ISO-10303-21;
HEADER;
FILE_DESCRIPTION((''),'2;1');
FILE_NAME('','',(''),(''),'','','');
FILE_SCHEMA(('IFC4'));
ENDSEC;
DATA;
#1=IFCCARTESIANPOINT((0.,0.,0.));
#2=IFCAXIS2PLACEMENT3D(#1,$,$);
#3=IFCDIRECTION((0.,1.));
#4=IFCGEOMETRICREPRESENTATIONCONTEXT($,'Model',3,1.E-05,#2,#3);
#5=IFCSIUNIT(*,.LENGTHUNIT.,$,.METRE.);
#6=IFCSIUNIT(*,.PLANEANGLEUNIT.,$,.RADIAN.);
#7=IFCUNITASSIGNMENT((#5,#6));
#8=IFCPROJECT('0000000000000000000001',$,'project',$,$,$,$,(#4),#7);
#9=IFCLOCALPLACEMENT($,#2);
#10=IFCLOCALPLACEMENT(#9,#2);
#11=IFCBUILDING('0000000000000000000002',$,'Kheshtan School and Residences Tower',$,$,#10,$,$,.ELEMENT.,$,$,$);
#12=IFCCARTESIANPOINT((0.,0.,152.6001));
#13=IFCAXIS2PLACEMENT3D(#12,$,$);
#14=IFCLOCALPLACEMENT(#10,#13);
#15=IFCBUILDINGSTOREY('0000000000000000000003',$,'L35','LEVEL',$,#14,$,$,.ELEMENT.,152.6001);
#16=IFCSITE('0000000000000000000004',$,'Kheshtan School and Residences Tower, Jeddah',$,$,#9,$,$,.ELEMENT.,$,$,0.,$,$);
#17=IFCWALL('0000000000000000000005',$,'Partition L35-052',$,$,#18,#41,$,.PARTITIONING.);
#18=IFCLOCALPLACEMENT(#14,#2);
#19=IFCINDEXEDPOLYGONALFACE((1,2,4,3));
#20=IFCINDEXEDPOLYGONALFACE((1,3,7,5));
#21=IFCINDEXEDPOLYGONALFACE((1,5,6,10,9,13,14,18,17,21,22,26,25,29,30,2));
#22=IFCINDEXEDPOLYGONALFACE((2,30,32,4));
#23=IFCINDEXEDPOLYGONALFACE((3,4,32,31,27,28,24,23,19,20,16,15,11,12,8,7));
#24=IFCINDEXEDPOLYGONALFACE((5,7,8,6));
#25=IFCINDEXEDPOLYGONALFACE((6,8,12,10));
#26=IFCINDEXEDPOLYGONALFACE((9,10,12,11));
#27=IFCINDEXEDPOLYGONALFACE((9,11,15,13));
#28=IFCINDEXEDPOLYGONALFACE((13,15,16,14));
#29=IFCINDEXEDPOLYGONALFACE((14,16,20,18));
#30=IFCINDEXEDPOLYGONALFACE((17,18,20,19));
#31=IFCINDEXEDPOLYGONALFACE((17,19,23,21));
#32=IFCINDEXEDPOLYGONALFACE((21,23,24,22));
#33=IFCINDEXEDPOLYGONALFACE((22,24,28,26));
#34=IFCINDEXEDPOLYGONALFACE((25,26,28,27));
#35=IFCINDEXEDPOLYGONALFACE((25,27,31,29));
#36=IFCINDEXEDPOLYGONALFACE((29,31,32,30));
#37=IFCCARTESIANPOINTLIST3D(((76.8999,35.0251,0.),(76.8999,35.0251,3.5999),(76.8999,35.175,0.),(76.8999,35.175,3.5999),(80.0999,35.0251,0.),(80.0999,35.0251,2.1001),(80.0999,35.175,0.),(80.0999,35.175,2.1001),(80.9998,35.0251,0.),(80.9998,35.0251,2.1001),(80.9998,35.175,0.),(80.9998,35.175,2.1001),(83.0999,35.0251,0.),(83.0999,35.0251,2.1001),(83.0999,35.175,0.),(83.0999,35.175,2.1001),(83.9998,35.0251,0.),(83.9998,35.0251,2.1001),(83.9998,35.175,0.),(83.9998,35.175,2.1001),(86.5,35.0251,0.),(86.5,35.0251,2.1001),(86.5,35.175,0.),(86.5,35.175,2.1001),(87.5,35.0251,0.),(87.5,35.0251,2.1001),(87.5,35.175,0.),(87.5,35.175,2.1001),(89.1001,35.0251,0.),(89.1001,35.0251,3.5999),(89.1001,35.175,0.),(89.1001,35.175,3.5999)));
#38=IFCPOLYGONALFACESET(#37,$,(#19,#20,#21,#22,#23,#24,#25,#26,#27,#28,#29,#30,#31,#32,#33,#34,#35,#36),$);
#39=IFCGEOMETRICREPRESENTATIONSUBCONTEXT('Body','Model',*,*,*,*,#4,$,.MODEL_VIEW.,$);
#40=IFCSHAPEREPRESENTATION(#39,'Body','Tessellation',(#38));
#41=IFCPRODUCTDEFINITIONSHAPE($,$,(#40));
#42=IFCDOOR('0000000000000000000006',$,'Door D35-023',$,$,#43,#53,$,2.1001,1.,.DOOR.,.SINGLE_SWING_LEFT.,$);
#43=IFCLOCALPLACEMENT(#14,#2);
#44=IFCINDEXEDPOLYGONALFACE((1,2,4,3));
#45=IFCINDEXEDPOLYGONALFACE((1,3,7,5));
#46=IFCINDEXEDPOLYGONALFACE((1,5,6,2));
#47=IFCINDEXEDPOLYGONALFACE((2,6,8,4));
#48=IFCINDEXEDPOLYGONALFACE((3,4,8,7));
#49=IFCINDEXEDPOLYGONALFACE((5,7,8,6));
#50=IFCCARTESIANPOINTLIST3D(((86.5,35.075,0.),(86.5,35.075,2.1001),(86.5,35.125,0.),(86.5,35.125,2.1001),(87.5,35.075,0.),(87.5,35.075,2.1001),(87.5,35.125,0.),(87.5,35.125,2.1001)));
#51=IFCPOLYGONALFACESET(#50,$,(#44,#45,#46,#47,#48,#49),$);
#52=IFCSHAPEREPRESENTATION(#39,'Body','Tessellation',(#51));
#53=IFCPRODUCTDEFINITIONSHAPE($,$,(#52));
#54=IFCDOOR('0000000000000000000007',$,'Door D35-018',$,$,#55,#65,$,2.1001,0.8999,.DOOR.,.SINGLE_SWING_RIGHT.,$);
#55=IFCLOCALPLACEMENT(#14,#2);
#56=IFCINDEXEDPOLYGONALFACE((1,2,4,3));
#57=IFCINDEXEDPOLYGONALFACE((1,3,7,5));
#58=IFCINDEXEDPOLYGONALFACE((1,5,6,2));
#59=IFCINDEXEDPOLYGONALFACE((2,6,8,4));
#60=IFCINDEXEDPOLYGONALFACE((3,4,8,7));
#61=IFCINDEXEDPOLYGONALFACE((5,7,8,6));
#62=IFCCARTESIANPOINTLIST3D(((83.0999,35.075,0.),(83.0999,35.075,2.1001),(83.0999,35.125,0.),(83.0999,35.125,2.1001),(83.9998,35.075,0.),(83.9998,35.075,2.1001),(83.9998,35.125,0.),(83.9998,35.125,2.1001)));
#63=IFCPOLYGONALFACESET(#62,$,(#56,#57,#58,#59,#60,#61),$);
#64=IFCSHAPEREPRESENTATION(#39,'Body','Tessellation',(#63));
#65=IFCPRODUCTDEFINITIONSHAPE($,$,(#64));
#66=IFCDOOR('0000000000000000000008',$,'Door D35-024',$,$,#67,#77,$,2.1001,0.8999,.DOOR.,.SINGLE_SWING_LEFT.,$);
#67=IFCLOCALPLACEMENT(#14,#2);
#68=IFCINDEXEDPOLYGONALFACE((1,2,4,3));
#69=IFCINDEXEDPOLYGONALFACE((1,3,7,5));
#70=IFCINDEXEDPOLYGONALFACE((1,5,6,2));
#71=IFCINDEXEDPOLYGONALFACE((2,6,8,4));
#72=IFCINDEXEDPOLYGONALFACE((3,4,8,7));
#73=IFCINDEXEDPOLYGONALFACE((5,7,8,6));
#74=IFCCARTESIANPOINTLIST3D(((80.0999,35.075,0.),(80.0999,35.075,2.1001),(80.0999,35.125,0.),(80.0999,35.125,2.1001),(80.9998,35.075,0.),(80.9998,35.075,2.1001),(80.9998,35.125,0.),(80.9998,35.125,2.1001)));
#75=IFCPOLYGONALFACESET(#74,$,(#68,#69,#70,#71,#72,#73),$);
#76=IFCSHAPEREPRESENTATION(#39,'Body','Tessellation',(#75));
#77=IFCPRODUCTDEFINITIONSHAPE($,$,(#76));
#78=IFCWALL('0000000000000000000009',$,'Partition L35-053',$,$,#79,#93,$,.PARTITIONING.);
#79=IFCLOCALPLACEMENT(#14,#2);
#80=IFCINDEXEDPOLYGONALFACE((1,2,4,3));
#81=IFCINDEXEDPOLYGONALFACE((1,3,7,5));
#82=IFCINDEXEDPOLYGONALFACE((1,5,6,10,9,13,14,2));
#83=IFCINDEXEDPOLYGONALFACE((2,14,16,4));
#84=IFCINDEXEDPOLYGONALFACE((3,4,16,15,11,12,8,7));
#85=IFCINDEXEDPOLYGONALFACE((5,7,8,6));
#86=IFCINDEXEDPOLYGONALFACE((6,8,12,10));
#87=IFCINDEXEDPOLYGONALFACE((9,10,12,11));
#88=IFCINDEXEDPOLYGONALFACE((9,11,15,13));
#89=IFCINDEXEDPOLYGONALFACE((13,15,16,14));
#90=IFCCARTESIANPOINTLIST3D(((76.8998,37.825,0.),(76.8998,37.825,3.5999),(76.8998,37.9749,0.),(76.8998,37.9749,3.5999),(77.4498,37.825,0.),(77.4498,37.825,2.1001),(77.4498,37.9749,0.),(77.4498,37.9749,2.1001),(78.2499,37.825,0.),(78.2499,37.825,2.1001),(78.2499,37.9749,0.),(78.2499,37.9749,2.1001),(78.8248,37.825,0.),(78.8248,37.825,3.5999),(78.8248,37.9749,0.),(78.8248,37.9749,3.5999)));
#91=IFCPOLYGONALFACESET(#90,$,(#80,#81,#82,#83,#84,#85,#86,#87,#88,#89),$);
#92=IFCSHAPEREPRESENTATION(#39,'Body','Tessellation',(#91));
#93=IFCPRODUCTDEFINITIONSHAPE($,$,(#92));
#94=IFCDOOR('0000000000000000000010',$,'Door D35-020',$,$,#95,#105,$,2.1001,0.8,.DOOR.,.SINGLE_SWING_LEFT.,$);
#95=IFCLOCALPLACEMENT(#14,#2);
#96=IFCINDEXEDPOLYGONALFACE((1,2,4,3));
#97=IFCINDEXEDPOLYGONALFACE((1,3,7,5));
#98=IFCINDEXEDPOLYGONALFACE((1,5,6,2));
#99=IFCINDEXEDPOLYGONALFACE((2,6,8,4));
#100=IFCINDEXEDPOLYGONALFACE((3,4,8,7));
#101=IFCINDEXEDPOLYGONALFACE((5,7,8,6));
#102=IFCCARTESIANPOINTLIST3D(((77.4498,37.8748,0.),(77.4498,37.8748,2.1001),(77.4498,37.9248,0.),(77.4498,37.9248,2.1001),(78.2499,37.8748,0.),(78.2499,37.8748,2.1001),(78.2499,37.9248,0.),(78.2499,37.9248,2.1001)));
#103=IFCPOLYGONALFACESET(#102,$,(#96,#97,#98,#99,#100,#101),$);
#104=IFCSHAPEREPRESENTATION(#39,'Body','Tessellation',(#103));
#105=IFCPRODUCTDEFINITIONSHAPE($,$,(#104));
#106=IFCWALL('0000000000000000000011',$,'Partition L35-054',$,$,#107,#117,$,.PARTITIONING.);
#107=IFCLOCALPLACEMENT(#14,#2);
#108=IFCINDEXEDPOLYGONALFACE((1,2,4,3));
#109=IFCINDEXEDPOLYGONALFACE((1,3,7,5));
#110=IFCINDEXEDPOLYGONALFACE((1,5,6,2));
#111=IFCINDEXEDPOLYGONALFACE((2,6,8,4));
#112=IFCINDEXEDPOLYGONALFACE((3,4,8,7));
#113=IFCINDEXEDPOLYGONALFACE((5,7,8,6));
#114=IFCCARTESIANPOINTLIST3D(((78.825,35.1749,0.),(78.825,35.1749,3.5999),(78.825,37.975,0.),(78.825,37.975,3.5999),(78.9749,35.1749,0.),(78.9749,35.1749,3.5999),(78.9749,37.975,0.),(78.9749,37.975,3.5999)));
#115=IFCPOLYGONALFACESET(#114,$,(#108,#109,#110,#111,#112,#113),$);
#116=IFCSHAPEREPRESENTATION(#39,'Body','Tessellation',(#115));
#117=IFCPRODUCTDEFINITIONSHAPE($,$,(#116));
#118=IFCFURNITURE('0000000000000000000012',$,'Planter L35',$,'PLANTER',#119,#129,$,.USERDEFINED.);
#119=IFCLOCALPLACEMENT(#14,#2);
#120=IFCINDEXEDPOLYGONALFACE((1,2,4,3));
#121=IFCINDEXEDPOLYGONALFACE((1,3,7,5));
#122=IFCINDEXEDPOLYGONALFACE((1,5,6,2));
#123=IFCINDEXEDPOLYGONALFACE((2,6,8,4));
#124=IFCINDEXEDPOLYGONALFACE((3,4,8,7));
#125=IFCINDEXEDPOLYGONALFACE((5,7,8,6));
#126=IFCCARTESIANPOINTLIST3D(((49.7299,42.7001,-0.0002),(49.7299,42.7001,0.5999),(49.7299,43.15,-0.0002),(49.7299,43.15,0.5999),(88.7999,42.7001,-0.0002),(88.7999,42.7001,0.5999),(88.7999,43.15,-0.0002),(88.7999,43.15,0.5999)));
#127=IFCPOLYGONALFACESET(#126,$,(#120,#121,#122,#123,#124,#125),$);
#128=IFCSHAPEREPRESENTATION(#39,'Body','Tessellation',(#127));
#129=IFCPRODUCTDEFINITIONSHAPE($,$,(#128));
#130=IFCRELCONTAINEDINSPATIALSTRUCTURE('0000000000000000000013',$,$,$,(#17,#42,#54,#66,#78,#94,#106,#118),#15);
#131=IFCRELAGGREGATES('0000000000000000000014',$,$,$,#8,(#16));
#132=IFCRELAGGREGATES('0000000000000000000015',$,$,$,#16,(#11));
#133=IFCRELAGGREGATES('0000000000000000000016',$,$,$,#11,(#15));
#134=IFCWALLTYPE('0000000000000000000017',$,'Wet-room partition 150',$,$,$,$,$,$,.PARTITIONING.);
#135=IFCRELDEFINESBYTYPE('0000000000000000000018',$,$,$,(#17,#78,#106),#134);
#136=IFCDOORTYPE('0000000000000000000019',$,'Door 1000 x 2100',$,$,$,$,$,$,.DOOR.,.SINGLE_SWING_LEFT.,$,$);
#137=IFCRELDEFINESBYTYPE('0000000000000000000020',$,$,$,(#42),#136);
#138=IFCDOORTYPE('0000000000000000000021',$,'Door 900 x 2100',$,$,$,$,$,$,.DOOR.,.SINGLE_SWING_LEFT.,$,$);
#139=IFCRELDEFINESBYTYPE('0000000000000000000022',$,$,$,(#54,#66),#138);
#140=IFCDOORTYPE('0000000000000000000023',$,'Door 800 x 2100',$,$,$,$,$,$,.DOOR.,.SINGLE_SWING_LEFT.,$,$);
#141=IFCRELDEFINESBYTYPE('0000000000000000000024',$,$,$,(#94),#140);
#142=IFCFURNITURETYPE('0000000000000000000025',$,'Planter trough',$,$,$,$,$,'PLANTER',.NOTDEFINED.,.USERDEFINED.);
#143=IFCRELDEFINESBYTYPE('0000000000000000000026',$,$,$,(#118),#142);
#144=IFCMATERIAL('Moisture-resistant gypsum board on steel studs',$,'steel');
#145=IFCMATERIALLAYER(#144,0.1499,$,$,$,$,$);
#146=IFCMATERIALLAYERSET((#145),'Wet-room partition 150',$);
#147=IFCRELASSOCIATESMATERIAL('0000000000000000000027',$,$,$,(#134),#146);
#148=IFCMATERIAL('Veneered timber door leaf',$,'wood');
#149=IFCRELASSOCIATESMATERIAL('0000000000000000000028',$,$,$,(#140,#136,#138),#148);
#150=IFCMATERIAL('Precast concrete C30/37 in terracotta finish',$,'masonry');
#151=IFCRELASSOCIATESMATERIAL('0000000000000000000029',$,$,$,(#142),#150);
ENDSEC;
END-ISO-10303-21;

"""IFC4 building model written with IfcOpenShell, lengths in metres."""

from ifc_helpers import new_model, si_unit, direction, frame, frame_2d, origin, origin_2d, place, context, subcontext, project, spatial, rectangle, extrude, source, transform, mapped, material, layer, layer_set, type_object, element, fill, save


model = new_model("IFC4")

# Units and contexts
model_context = context("Model", 3, precision=1e-05, world=origin(), true_north=direction((0.0, 1.0)))
body_context = subcontext(model_context, "Body", "Model", "MODEL_VIEW")
ifc_project = project(units=[si_unit("LENGTHUNIT", "METRE"), si_unit("PLANEANGLEUNIT", "RADIAN")], contexts=[model_context])

# Site, building, storey
site_placement = place(None, origin())
site = spatial("IfcSite", under=ifc_project, at=site_placement, Name="Kheshtan School and Residences Tower, Jeddah", CompositionType="ELEMENT", RefElevation=0.0)
building_placement = place(site_placement, origin())
building = spatial("IfcBuilding", under=site, at=building_placement, Name="Kheshtan School and Residences Tower", CompositionType="ELEMENT")
storey_placement = place(building_placement, frame((0.0, 0.0, 152.6001)))
storey = spatial("IfcBuildingStorey", under=building, at=storey_placement, Name="L35", Description="LEVEL", CompositionType="ELEMENT", Elevation=152.6001)

# Shared definitions
ifc_material_1 = material(Name="Moisture-resistant gypsum board on steel studs", Category="steel")
ifc_layer_1 = layer(ifc_material_1, 0.1499)
ifc_layer_set_1 = layer_set([ifc_layer_1], Name="Wet-room partition 150")
wall_type_1 = type_object("IfcWallType", Name="Wet-room partition 150", PredefinedType="PARTITIONING", material=ifc_layer_set_1)

# Shared definitions
ifc_material_2 = material(Name="Veneered timber door leaf", Category="wood")
door_type_1 = type_object("IfcDoorType", Name="Door 800 x 2100", OperationType="SINGLE_SWING_LEFT", PredefinedType="DOOR", material=ifc_material_2)
shared_shape_1 = source(origin(), body_context, "Body", "SweptSolid", [
    extrude(rectangle(XDim=0.8, YDim=2.1001, at=frame_2d((0.3999, 1.05))), frame((0.0, 0.0249, 0.0), z_axis=(0.0, -1.0, 0.0), x_axis=(1.0, 0.0, 0.0)), (0.0, 0.0, 1.0), 0.05),
])

# Wall, openings, doors
wall_1_placement = place(storey_placement, frame((76.8999, 35.1001, 0.0), z_axis=(0.0, 0.0, 1.0), x_axis=(1.0, 0.0, 0.0)))
wall_1 = element("IfcWall", 1, at=wall_1_placement, inside=storey, type_object=wall_type_1, Name="Partition L35-052", PredefinedType="PARTITIONING", context=body_context, shape_type="SweptSolid", body=[
    extrude(rectangle(XDim=12.2002, YDim=0.1499, at=frame_2d((6.1001, 0.0))), origin(), (0.0, 0.0, 1.0), 3.5999),
])
opening_1_placement = place(wall_1_placement, frame((6.2, 0.0, 0.0)))
opening_1 = element("IfcOpeningElement", 2, at=opening_1_placement, cuts=wall_1, PredefinedType="OPENING", context=body_context, shape_type="SweptSolid", body=[
    extrude(rectangle(XDim=0.8999, YDim=2.1001, at=frame_2d((0.45, 1.05))), frame((0.0, 0.085, 0.0), z_axis=(0.0, -1.0, 0.0), x_axis=(1.0, 0.0, 0.0)), (0.0, 0.0, 1.0), 0.1699),
])
opening_2_placement = place(wall_1_placement, frame((9.6001, 0.0, 0.0)))
opening_2 = element("IfcOpeningElement", 3, at=opening_2_placement, cuts=wall_1, PredefinedType="OPENING", context=body_context, shape_type="SweptSolid", body=[
    extrude(rectangle(XDim=1.0, YDim=2.1001, at=frame_2d((0.5, 1.05))), frame((0.0, 0.085, 0.0), z_axis=(0.0, -1.0, 0.0), x_axis=(1.0, 0.0, 0.0)), (0.0, 0.0, 1.0), 0.1699),
])
opening_3_placement = place(wall_1_placement, frame((3.2, 0.0, 0.0)))
opening_3 = element("IfcOpeningElement", 4, at=opening_3_placement, cuts=wall_1, PredefinedType="OPENING", context=body_context, shape_type="SweptSolid", body=[
    extrude(rectangle(XDim=0.8999, YDim=2.1001, at=frame_2d((0.45, 1.05))), frame((0.0, 0.085, 0.0), z_axis=(0.0, -1.0, 0.0), x_axis=(1.0, 0.0, 0.0)), (0.0, 0.0, 1.0), 0.1699),
])
door_type_2 = type_object("IfcDoorType", Name="Door 1000 x 2100", OperationType="SINGLE_SWING_LEFT", PredefinedType="DOOR", material=ifc_material_2)
shared_shape_2 = source(origin(), body_context, "Body", "SweptSolid", [
    extrude(rectangle(XDim=1.0, YDim=2.1001, at=frame_2d((0.5, 1.05))), frame((0.0, 0.0249, 0.0), z_axis=(0.0, -1.0, 0.0), x_axis=(1.0, 0.0, 0.0)), (0.0, 0.0, 1.0), 0.05),
])
door_1_placement = place(opening_2_placement, origin())
door_1 = element("IfcDoor", 5, at=door_1_placement, inside=storey, type_object=door_type_2, Name="Door D35-023", OperationType="SINGLE_SWING_LEFT", OverallHeight=2.1001, OverallWidth=1.0, PredefinedType="DOOR", context=body_context, shape_type="MappedRepresentation", body=[
    mapped(shared_shape_2, transform((0.0, 0.0, 0.0), x_axis=(1.0, 0.0, 0.0), y_axis=(0.0, 1.0, 0.0), z_axis=(0.0, 0.0, 1.0), scale=1.0)),
])
fill(opening_2, door_1)
door_type_3 = type_object("IfcDoorType", Name="Door 900 x 2100", OperationType="SINGLE_SWING_LEFT", PredefinedType="DOOR", material=ifc_material_2)
shared_shape_3 = source(origin(), body_context, "Body", "SweptSolid", [
    extrude(rectangle(XDim=0.8999, YDim=2.1001, at=frame_2d((0.45, 1.05))), frame((0.0, 0.0249, 0.0), z_axis=(0.0, -1.0, 0.0), x_axis=(1.0, 0.0, 0.0)), (0.0, 0.0, 1.0), 0.05),
])
door_2_placement = place(opening_1_placement, origin())
door_2 = element("IfcDoor", 6, at=door_2_placement, inside=storey, type_object=door_type_3, Name="Door D35-018", OperationType="SINGLE_SWING_RIGHT", OverallHeight=2.1001, OverallWidth=0.8999, PredefinedType="DOOR", context=body_context, shape_type="MappedRepresentation", body=[
    mapped(shared_shape_3, transform((0.0, 0.0, 0.0), x_axis=(1.0, 0.0, 0.0), y_axis=(0.0, 1.0, 0.0), z_axis=(0.0, 0.0, 1.0), scale=1.0)),
])
fill(opening_1, door_2)
door_3_placement = place(opening_3_placement, origin())
door_3 = element("IfcDoor", 7, at=door_3_placement, inside=storey, type_object=door_type_3, Name="Door D35-024", OperationType="SINGLE_SWING_LEFT", OverallHeight=2.1001, OverallWidth=0.8999, PredefinedType="DOOR", context=body_context, shape_type="MappedRepresentation", body=[
    mapped(shared_shape_3, transform((0.0, 0.0, 0.0), x_axis=(1.0, 0.0, 0.0), y_axis=(0.0, 1.0, 0.0), z_axis=(0.0, 0.0, 1.0), scale=1.0)),
])
fill(opening_3, door_3)

# Wall, opening, door
wall_2_placement = place(storey_placement, frame((76.8999, 37.8999, 0.0), z_axis=(0.0, 0.0, 1.0), x_axis=(1.0, 0.0, 0.0)))
wall_2 = element("IfcWall", 8, at=wall_2_placement, inside=storey, type_object=wall_type_1, Name="Partition L35-053", PredefinedType="PARTITIONING", context=body_context, shape_type="SweptSolid", body=[
    extrude(rectangle(XDim=1.925, YDim=0.1499, at=frame_2d((0.9624, 0.0))), origin(), (0.0, 0.0, 1.0), 3.5999),
])
opening_4_placement = place(wall_2_placement, frame((0.55, 0.0, 0.0)))
opening_4 = element("IfcOpeningElement", 9, at=opening_4_placement, cuts=wall_2, PredefinedType="OPENING", context=body_context, shape_type="SweptSolid", body=[
    extrude(rectangle(XDim=0.8, YDim=2.1001, at=frame_2d((0.3999, 1.05))), frame((0.0, 0.085, 0.0), z_axis=(0.0, -1.0, 0.0), x_axis=(1.0, 0.0, 0.0)), (0.0, 0.0, 1.0), 0.1699),
])
door_4_placement = place(opening_4_placement, origin())
door_4 = element("IfcDoor", 10, at=door_4_placement, inside=storey, type_object=door_type_1, Name="Door D35-020", OperationType="SINGLE_SWING_LEFT", OverallHeight=2.1001, OverallWidth=0.8, PredefinedType="DOOR", context=body_context, shape_type="MappedRepresentation", body=[
    mapped(shared_shape_1, transform((0.0, 0.0, 0.0), x_axis=(1.0, 0.0, 0.0), y_axis=(0.0, 1.0, 0.0), z_axis=(0.0, 0.0, 1.0), scale=1.0)),
])
fill(opening_4, door_4)

# Wall
wall_3_placement = place(storey_placement, frame((78.8999, 35.175, 0.0), z_axis=(0.0, 0.0, 1.0), x_axis=(0.0, 1.0, 0.0)))
element("IfcWall", 11, at=wall_3_placement, inside=storey, type_object=wall_type_1, Name="Partition L35-054", PredefinedType="PARTITIONING", context=body_context, shape_type="SweptSolid", body=[
    extrude(rectangle(XDim=2.8, YDim=0.1499, at=frame_2d((1.3999, 0.0))), origin(), (0.0, 0.0, 1.0), 3.5999),
])

# Furniture
ifc_material_3 = material(Name="Precast concrete C30/37 in terracotta finish", Category="masonry")
furniture_type = type_object("IfcFurnitureType", Name="Planter trough", ElementType="PLANTER", AssemblyPlace="NOTDEFINED", PredefinedType="USERDEFINED", material=ifc_material_3)
furniture_placement = place(storey_placement, frame((69.2649, 42.925, -0.0002), z_axis=(0.0, 0.0, 1.0), x_axis=(1.0, 0.0, 0.0)))
element("IfcFurniture", 12, at=furniture_placement, inside=storey, type_object=furniture_type, Name="Planter L35", ObjectType="PLANTER", PredefinedType="USERDEFINED", context=body_context, shape_type="SweptSolid", body=[
    extrude(rectangle(XDim=39.0701, YDim=0.45, at=origin_2d()), origin(), (0.0, 0.0, 1.0), 0.6001),
])

save(model, "model.ifc")
